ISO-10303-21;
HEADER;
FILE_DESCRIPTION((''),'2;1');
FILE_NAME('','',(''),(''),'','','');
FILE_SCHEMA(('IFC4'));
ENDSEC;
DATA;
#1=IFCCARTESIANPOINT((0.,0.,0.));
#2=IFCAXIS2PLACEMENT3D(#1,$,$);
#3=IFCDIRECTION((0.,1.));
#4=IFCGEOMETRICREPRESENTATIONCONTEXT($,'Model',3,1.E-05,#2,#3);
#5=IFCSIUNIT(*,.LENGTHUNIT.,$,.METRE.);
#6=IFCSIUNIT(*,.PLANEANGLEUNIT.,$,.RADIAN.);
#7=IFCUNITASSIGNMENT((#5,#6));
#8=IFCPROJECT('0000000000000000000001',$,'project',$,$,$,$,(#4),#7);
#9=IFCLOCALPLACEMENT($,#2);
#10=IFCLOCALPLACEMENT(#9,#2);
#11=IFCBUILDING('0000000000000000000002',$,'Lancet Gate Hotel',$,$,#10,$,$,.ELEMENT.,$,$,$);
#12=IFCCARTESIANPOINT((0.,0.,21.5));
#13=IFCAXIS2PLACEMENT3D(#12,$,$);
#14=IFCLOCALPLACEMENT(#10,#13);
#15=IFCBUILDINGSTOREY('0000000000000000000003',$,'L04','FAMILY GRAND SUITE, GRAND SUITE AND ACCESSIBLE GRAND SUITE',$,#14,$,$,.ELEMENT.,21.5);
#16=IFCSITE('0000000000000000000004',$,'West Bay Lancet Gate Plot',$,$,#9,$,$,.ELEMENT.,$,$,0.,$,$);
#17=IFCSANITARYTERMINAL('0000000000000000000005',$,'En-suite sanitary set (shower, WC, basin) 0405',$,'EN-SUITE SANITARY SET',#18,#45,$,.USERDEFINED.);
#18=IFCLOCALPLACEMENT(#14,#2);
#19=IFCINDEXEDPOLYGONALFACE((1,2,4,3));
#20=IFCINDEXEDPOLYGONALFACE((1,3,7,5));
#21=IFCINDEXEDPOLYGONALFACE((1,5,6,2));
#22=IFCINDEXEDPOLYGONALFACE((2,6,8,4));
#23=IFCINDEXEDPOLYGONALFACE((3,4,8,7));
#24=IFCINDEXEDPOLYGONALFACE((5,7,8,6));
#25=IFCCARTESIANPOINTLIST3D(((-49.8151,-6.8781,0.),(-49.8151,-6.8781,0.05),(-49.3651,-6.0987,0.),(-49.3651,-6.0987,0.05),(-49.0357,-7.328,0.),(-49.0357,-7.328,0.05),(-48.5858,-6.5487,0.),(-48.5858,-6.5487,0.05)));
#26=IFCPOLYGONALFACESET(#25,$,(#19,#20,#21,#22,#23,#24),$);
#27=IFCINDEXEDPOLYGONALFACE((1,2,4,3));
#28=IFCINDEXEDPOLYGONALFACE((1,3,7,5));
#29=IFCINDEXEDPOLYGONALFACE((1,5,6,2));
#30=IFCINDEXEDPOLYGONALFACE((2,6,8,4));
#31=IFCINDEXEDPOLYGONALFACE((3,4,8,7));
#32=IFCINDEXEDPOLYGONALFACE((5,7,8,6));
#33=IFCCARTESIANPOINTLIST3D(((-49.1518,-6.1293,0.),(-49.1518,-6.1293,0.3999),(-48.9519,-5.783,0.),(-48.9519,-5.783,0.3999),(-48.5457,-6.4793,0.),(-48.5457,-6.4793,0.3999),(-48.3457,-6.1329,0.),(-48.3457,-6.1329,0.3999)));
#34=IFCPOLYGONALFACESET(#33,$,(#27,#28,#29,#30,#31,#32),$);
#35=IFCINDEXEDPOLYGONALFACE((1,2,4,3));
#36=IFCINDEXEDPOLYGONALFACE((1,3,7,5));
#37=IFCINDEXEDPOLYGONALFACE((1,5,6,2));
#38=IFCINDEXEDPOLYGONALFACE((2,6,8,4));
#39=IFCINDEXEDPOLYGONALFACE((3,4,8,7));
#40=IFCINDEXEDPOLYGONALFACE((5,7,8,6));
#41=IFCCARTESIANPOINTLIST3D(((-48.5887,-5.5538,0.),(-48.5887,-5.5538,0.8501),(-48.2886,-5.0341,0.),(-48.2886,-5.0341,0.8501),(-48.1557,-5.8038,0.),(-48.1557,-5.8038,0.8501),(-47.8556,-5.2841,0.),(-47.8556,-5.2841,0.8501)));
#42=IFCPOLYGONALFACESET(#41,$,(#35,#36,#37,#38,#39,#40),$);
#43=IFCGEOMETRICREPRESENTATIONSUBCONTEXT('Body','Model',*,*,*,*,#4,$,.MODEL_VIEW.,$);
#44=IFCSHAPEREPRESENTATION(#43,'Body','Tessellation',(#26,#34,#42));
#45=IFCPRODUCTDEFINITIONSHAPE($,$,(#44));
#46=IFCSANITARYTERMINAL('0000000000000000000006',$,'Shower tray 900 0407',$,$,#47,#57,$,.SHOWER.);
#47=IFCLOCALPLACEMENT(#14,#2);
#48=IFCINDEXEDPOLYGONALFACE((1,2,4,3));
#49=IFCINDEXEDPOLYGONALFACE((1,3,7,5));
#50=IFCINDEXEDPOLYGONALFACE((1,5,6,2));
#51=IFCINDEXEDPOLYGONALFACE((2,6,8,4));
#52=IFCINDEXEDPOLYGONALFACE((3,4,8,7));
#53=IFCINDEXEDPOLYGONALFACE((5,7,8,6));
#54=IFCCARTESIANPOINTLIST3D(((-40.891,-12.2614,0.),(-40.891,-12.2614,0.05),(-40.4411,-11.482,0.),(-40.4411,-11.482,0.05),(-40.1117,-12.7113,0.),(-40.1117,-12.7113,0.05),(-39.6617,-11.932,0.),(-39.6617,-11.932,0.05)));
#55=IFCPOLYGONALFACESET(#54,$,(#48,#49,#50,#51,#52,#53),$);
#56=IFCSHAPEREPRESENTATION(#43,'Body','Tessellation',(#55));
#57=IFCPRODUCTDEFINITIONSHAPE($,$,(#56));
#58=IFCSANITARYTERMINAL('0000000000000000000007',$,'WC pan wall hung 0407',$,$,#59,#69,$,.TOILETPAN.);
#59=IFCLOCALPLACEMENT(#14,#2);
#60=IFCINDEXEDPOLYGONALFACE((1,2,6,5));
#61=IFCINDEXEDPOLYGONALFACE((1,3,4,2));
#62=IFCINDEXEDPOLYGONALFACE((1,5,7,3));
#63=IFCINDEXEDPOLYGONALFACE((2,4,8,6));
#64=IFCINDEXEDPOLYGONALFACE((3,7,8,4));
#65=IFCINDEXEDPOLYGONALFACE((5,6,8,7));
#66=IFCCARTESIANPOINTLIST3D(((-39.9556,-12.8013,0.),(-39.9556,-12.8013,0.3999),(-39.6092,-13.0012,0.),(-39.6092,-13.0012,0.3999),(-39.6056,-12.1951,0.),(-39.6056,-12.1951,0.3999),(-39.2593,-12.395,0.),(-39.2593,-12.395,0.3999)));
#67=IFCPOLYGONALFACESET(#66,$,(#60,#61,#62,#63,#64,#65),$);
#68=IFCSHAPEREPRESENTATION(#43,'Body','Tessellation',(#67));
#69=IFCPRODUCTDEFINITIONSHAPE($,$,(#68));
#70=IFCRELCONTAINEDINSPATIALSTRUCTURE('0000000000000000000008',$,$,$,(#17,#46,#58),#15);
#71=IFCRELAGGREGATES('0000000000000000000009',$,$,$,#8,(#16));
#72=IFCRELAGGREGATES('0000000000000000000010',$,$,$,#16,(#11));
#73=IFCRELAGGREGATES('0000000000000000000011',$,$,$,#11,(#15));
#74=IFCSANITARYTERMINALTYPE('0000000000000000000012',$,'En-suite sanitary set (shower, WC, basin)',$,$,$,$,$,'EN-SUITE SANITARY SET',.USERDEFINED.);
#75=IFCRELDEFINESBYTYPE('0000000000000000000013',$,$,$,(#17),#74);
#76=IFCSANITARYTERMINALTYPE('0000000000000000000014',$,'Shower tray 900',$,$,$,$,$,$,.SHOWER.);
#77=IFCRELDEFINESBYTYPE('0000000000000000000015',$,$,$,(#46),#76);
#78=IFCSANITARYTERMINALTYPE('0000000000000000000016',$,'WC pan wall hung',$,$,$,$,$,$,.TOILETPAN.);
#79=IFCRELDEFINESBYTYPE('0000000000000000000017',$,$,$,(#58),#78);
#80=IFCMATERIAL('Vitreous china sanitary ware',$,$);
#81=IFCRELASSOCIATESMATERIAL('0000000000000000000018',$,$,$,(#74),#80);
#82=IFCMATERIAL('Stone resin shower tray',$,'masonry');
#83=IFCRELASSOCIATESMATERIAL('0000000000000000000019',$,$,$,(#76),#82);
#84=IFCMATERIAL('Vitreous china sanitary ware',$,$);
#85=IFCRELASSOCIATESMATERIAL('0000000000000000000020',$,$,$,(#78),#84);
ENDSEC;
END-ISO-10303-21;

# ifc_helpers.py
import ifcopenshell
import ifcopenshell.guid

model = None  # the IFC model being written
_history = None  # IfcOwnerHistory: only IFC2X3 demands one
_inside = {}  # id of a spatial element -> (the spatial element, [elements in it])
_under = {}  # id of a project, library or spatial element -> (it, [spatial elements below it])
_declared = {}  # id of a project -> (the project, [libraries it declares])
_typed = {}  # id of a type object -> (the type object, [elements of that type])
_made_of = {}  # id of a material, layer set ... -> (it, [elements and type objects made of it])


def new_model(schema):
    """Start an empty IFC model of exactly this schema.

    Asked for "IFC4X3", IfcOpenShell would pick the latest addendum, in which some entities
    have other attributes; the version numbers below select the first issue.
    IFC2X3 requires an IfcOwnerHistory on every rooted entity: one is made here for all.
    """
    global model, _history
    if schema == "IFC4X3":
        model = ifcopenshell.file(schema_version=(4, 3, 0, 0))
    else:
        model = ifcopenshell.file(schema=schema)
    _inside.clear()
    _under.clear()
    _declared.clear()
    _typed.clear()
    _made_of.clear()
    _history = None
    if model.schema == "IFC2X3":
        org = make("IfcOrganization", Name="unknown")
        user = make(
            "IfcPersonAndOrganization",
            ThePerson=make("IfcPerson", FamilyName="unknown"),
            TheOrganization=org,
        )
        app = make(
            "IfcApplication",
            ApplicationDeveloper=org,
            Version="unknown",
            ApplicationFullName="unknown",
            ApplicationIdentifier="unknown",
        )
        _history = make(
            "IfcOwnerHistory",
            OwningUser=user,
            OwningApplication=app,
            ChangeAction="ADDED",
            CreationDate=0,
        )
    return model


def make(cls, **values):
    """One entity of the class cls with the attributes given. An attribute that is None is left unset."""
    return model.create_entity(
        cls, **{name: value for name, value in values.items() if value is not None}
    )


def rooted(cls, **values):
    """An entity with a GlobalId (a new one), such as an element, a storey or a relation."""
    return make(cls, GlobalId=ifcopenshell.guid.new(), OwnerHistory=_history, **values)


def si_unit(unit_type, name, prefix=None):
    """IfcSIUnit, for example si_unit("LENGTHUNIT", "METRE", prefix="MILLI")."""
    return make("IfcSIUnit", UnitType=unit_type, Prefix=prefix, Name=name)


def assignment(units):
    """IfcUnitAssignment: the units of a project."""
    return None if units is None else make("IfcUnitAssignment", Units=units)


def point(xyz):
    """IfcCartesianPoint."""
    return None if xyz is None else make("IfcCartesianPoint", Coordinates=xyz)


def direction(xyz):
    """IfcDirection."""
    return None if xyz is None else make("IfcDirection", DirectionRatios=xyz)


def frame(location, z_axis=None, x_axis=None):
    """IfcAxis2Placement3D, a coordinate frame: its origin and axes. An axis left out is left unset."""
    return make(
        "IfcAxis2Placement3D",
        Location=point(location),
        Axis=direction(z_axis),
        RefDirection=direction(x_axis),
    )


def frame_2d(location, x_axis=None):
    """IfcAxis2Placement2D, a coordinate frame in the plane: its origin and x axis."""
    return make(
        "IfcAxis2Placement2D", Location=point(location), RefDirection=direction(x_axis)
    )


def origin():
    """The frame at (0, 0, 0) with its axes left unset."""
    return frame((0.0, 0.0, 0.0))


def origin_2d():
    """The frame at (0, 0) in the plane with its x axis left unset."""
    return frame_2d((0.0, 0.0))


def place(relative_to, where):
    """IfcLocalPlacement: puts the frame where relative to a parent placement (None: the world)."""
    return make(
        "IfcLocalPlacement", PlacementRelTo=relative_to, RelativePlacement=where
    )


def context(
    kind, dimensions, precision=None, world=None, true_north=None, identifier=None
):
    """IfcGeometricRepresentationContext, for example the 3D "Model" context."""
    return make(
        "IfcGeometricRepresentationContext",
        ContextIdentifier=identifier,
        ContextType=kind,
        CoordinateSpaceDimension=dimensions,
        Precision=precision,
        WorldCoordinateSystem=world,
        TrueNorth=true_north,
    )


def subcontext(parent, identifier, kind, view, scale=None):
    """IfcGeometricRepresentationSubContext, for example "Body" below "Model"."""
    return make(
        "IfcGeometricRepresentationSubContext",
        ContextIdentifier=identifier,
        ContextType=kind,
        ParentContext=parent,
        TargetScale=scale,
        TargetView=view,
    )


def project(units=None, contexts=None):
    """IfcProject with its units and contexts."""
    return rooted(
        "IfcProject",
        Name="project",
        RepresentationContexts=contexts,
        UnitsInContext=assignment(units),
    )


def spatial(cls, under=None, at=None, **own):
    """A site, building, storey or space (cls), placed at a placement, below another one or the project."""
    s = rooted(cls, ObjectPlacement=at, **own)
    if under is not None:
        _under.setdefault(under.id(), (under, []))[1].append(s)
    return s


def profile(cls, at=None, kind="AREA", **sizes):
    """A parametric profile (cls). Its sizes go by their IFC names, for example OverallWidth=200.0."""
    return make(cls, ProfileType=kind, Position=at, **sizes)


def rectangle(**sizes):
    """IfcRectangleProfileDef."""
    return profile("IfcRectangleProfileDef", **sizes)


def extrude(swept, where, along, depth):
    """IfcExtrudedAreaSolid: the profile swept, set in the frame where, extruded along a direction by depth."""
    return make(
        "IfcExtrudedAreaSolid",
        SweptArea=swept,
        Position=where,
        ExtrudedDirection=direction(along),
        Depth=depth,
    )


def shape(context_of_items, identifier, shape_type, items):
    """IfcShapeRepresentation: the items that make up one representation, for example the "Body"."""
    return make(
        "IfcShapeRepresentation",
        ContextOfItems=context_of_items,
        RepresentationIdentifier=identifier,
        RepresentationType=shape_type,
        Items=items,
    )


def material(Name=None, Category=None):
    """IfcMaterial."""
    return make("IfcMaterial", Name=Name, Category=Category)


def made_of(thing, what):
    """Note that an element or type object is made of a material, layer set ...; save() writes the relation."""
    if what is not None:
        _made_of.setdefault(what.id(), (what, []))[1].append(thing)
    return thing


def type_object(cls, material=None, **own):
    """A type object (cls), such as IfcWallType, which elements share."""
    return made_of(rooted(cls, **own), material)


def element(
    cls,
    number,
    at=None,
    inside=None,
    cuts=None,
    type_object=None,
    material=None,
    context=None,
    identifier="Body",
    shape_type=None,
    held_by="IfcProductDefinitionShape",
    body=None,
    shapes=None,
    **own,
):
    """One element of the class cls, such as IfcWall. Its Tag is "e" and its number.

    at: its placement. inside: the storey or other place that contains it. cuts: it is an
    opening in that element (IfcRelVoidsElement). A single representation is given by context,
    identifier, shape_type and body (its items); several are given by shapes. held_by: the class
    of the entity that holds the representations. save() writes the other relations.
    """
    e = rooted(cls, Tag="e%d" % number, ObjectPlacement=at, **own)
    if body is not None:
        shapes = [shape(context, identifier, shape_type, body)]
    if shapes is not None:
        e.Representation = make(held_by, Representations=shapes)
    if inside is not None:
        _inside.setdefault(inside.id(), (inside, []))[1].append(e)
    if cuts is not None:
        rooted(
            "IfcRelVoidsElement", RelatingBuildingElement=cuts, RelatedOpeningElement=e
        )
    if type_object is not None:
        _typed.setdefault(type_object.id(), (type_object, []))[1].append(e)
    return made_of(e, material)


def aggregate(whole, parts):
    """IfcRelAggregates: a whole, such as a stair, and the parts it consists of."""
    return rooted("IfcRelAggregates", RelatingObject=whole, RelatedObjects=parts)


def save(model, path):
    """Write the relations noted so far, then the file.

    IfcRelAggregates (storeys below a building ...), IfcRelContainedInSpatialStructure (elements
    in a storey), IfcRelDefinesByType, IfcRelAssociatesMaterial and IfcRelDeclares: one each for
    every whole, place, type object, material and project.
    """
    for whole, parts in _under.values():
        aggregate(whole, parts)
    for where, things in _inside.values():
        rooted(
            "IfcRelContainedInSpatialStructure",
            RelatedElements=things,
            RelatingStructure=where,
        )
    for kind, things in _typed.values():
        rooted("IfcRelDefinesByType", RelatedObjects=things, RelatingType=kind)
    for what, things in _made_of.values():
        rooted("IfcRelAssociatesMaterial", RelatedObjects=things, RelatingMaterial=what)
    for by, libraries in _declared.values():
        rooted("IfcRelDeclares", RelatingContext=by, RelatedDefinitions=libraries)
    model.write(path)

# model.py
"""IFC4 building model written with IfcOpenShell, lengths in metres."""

from ifc_helpers import new_model, si_unit, direction, frame, origin, origin_2d, place, context, subcontext, project, spatial, rectangle, extrude, material, type_object, element, save


model = new_model("IFC4")

# Units and contexts
model_context = context("Model", 3, precision=1e-05, world=origin(), true_north=direction((0.0, 1.0)))
body_context = subcontext(model_context, "Body", "Model", "MODEL_VIEW")
ifc_project = project(units=[si_unit("LENGTHUNIT", "METRE"), si_unit("PLANEANGLEUNIT", "RADIAN")], contexts=[model_context])

# Site, building, storey
site_placement = place(None, origin())
site = spatial("IfcSite", under=ifc_project, at=site_placement, Name="West Bay Lancet Gate Plot", CompositionType="ELEMENT", RefElevation=0.0)
building_placement = place(site_placement, origin())
building = spatial("IfcBuilding", under=site, at=building_placement, Name="Lancet Gate Hotel", CompositionType="ELEMENT")
storey_placement = place(building_placement, frame((0.0, 0.0, 21.5)))
storey = spatial("IfcBuildingStorey", under=building, at=storey_placement, Name="L04", Description="FAMILY GRAND SUITE, GRAND SUITE AND ACCESSIBLE GRAND SUITE", CompositionType="ELEMENT", Elevation=21.5)

# Sanitary terminals
ifc_material_1 = material(Name="Vitreous china sanitary ware")
sanitary_terminal_type_1 = type_object("IfcSanitaryTerminalType", Name="En-suite sanitary set (shower, WC, basin)", ElementType="EN-SUITE SANITARY SET", PredefinedType="USERDEFINED", material=ifc_material_1)
sanitary_terminal_1_placement = place(storey_placement, frame((-49.2004, -6.7134, 0.0), z_axis=(0.0, 0.0, 1.0), x_axis=(1.0, 0.0, 0.0)))
element("IfcSanitaryTerminal", 1, at=sanitary_terminal_1_placement, inside=storey, type_object=sanitary_terminal_type_1, Name="En-suite sanitary set (shower, WC, basin) 0405", ObjectType="EN-SUITE SANITARY SET", PredefinedType="USERDEFINED", context=body_context, shape_type="SweptSolid", body=[
    extrude(rectangle(XDim=0.8999, YDim=0.8999, at=origin_2d()), frame((0.0, 0.0, 0.0), z_axis=(0.0, 0.0, 1.0), x_axis=(-0.5, -0.866025, 0.0)), (0.0, 0.0, 1.0), 0.05),
    extrude(rectangle(XDim=0.3999, YDim=0.7, at=origin_2d()), frame((0.4517, 0.5823, 0.0), z_axis=(0.0, 0.0, 1.0), x_axis=(-0.5, -0.866025, 0.0)), (0.0, 0.0, 1.0), 0.3999),
    extrude(rectangle(XDim=0.6001, YDim=0.5, at=origin_2d()), frame((0.9783, 1.2944, 0.0), z_axis=(0.0, 0.0, 1.0), x_axis=(-0.5, -0.866025, 0.0)), (0.0, 0.0, 1.0), 0.8501),
])
ifc_material_2 = material(Name="Stone resin shower tray", Category="masonry")
sanitary_terminal_type_2 = type_object("IfcSanitaryTerminalType", Name="Shower tray 900", PredefinedType="SHOWER", material=ifc_material_2)
sanitary_terminal_2_placement = place(storey_placement, frame((-40.2764, -12.0967, 0.0), z_axis=(0.0, 0.0, 1.0), x_axis=(-0.866025, 0.5, 0.0)))
element("IfcSanitaryTerminal", 2, at=sanitary_terminal_2_placement, inside=storey, type_object=sanitary_terminal_type_2, Name="Shower tray 900 0407", PredefinedType="SHOWER", context=body_context, shape_type="SweptSolid", body=[
    extrude(rectangle(XDim=0.8999, YDim=0.8999, at=origin_2d()), origin(), (0.0, 0.0, 1.0), 0.05),
])
ifc_material_3 = material(Name="Vitreous china sanitary ware")
sanitary_terminal_type_3 = type_object("IfcSanitaryTerminalType", Name="WC pan wall hung", PredefinedType="TOILETPAN", material=ifc_material_3)
sanitary_terminal_3_placement = place(storey_placement, frame((-39.6074, -12.5981, 0.0), z_axis=(0.0, 0.0, 1.0), x_axis=(-0.866025, 0.5, 0.0)))
element("IfcSanitaryTerminal", 3, at=sanitary_terminal_3_placement, inside=storey, type_object=sanitary_terminal_type_3, Name="WC pan wall hung 0407", PredefinedType="TOILETPAN", context=body_context, shape_type="SweptSolid", body=[
    extrude(rectangle(XDim=0.3999, YDim=0.7, at=origin_2d()), origin(), (0.0, 0.0, 1.0), 0.3999),
])

save(model, "model.ifc")
